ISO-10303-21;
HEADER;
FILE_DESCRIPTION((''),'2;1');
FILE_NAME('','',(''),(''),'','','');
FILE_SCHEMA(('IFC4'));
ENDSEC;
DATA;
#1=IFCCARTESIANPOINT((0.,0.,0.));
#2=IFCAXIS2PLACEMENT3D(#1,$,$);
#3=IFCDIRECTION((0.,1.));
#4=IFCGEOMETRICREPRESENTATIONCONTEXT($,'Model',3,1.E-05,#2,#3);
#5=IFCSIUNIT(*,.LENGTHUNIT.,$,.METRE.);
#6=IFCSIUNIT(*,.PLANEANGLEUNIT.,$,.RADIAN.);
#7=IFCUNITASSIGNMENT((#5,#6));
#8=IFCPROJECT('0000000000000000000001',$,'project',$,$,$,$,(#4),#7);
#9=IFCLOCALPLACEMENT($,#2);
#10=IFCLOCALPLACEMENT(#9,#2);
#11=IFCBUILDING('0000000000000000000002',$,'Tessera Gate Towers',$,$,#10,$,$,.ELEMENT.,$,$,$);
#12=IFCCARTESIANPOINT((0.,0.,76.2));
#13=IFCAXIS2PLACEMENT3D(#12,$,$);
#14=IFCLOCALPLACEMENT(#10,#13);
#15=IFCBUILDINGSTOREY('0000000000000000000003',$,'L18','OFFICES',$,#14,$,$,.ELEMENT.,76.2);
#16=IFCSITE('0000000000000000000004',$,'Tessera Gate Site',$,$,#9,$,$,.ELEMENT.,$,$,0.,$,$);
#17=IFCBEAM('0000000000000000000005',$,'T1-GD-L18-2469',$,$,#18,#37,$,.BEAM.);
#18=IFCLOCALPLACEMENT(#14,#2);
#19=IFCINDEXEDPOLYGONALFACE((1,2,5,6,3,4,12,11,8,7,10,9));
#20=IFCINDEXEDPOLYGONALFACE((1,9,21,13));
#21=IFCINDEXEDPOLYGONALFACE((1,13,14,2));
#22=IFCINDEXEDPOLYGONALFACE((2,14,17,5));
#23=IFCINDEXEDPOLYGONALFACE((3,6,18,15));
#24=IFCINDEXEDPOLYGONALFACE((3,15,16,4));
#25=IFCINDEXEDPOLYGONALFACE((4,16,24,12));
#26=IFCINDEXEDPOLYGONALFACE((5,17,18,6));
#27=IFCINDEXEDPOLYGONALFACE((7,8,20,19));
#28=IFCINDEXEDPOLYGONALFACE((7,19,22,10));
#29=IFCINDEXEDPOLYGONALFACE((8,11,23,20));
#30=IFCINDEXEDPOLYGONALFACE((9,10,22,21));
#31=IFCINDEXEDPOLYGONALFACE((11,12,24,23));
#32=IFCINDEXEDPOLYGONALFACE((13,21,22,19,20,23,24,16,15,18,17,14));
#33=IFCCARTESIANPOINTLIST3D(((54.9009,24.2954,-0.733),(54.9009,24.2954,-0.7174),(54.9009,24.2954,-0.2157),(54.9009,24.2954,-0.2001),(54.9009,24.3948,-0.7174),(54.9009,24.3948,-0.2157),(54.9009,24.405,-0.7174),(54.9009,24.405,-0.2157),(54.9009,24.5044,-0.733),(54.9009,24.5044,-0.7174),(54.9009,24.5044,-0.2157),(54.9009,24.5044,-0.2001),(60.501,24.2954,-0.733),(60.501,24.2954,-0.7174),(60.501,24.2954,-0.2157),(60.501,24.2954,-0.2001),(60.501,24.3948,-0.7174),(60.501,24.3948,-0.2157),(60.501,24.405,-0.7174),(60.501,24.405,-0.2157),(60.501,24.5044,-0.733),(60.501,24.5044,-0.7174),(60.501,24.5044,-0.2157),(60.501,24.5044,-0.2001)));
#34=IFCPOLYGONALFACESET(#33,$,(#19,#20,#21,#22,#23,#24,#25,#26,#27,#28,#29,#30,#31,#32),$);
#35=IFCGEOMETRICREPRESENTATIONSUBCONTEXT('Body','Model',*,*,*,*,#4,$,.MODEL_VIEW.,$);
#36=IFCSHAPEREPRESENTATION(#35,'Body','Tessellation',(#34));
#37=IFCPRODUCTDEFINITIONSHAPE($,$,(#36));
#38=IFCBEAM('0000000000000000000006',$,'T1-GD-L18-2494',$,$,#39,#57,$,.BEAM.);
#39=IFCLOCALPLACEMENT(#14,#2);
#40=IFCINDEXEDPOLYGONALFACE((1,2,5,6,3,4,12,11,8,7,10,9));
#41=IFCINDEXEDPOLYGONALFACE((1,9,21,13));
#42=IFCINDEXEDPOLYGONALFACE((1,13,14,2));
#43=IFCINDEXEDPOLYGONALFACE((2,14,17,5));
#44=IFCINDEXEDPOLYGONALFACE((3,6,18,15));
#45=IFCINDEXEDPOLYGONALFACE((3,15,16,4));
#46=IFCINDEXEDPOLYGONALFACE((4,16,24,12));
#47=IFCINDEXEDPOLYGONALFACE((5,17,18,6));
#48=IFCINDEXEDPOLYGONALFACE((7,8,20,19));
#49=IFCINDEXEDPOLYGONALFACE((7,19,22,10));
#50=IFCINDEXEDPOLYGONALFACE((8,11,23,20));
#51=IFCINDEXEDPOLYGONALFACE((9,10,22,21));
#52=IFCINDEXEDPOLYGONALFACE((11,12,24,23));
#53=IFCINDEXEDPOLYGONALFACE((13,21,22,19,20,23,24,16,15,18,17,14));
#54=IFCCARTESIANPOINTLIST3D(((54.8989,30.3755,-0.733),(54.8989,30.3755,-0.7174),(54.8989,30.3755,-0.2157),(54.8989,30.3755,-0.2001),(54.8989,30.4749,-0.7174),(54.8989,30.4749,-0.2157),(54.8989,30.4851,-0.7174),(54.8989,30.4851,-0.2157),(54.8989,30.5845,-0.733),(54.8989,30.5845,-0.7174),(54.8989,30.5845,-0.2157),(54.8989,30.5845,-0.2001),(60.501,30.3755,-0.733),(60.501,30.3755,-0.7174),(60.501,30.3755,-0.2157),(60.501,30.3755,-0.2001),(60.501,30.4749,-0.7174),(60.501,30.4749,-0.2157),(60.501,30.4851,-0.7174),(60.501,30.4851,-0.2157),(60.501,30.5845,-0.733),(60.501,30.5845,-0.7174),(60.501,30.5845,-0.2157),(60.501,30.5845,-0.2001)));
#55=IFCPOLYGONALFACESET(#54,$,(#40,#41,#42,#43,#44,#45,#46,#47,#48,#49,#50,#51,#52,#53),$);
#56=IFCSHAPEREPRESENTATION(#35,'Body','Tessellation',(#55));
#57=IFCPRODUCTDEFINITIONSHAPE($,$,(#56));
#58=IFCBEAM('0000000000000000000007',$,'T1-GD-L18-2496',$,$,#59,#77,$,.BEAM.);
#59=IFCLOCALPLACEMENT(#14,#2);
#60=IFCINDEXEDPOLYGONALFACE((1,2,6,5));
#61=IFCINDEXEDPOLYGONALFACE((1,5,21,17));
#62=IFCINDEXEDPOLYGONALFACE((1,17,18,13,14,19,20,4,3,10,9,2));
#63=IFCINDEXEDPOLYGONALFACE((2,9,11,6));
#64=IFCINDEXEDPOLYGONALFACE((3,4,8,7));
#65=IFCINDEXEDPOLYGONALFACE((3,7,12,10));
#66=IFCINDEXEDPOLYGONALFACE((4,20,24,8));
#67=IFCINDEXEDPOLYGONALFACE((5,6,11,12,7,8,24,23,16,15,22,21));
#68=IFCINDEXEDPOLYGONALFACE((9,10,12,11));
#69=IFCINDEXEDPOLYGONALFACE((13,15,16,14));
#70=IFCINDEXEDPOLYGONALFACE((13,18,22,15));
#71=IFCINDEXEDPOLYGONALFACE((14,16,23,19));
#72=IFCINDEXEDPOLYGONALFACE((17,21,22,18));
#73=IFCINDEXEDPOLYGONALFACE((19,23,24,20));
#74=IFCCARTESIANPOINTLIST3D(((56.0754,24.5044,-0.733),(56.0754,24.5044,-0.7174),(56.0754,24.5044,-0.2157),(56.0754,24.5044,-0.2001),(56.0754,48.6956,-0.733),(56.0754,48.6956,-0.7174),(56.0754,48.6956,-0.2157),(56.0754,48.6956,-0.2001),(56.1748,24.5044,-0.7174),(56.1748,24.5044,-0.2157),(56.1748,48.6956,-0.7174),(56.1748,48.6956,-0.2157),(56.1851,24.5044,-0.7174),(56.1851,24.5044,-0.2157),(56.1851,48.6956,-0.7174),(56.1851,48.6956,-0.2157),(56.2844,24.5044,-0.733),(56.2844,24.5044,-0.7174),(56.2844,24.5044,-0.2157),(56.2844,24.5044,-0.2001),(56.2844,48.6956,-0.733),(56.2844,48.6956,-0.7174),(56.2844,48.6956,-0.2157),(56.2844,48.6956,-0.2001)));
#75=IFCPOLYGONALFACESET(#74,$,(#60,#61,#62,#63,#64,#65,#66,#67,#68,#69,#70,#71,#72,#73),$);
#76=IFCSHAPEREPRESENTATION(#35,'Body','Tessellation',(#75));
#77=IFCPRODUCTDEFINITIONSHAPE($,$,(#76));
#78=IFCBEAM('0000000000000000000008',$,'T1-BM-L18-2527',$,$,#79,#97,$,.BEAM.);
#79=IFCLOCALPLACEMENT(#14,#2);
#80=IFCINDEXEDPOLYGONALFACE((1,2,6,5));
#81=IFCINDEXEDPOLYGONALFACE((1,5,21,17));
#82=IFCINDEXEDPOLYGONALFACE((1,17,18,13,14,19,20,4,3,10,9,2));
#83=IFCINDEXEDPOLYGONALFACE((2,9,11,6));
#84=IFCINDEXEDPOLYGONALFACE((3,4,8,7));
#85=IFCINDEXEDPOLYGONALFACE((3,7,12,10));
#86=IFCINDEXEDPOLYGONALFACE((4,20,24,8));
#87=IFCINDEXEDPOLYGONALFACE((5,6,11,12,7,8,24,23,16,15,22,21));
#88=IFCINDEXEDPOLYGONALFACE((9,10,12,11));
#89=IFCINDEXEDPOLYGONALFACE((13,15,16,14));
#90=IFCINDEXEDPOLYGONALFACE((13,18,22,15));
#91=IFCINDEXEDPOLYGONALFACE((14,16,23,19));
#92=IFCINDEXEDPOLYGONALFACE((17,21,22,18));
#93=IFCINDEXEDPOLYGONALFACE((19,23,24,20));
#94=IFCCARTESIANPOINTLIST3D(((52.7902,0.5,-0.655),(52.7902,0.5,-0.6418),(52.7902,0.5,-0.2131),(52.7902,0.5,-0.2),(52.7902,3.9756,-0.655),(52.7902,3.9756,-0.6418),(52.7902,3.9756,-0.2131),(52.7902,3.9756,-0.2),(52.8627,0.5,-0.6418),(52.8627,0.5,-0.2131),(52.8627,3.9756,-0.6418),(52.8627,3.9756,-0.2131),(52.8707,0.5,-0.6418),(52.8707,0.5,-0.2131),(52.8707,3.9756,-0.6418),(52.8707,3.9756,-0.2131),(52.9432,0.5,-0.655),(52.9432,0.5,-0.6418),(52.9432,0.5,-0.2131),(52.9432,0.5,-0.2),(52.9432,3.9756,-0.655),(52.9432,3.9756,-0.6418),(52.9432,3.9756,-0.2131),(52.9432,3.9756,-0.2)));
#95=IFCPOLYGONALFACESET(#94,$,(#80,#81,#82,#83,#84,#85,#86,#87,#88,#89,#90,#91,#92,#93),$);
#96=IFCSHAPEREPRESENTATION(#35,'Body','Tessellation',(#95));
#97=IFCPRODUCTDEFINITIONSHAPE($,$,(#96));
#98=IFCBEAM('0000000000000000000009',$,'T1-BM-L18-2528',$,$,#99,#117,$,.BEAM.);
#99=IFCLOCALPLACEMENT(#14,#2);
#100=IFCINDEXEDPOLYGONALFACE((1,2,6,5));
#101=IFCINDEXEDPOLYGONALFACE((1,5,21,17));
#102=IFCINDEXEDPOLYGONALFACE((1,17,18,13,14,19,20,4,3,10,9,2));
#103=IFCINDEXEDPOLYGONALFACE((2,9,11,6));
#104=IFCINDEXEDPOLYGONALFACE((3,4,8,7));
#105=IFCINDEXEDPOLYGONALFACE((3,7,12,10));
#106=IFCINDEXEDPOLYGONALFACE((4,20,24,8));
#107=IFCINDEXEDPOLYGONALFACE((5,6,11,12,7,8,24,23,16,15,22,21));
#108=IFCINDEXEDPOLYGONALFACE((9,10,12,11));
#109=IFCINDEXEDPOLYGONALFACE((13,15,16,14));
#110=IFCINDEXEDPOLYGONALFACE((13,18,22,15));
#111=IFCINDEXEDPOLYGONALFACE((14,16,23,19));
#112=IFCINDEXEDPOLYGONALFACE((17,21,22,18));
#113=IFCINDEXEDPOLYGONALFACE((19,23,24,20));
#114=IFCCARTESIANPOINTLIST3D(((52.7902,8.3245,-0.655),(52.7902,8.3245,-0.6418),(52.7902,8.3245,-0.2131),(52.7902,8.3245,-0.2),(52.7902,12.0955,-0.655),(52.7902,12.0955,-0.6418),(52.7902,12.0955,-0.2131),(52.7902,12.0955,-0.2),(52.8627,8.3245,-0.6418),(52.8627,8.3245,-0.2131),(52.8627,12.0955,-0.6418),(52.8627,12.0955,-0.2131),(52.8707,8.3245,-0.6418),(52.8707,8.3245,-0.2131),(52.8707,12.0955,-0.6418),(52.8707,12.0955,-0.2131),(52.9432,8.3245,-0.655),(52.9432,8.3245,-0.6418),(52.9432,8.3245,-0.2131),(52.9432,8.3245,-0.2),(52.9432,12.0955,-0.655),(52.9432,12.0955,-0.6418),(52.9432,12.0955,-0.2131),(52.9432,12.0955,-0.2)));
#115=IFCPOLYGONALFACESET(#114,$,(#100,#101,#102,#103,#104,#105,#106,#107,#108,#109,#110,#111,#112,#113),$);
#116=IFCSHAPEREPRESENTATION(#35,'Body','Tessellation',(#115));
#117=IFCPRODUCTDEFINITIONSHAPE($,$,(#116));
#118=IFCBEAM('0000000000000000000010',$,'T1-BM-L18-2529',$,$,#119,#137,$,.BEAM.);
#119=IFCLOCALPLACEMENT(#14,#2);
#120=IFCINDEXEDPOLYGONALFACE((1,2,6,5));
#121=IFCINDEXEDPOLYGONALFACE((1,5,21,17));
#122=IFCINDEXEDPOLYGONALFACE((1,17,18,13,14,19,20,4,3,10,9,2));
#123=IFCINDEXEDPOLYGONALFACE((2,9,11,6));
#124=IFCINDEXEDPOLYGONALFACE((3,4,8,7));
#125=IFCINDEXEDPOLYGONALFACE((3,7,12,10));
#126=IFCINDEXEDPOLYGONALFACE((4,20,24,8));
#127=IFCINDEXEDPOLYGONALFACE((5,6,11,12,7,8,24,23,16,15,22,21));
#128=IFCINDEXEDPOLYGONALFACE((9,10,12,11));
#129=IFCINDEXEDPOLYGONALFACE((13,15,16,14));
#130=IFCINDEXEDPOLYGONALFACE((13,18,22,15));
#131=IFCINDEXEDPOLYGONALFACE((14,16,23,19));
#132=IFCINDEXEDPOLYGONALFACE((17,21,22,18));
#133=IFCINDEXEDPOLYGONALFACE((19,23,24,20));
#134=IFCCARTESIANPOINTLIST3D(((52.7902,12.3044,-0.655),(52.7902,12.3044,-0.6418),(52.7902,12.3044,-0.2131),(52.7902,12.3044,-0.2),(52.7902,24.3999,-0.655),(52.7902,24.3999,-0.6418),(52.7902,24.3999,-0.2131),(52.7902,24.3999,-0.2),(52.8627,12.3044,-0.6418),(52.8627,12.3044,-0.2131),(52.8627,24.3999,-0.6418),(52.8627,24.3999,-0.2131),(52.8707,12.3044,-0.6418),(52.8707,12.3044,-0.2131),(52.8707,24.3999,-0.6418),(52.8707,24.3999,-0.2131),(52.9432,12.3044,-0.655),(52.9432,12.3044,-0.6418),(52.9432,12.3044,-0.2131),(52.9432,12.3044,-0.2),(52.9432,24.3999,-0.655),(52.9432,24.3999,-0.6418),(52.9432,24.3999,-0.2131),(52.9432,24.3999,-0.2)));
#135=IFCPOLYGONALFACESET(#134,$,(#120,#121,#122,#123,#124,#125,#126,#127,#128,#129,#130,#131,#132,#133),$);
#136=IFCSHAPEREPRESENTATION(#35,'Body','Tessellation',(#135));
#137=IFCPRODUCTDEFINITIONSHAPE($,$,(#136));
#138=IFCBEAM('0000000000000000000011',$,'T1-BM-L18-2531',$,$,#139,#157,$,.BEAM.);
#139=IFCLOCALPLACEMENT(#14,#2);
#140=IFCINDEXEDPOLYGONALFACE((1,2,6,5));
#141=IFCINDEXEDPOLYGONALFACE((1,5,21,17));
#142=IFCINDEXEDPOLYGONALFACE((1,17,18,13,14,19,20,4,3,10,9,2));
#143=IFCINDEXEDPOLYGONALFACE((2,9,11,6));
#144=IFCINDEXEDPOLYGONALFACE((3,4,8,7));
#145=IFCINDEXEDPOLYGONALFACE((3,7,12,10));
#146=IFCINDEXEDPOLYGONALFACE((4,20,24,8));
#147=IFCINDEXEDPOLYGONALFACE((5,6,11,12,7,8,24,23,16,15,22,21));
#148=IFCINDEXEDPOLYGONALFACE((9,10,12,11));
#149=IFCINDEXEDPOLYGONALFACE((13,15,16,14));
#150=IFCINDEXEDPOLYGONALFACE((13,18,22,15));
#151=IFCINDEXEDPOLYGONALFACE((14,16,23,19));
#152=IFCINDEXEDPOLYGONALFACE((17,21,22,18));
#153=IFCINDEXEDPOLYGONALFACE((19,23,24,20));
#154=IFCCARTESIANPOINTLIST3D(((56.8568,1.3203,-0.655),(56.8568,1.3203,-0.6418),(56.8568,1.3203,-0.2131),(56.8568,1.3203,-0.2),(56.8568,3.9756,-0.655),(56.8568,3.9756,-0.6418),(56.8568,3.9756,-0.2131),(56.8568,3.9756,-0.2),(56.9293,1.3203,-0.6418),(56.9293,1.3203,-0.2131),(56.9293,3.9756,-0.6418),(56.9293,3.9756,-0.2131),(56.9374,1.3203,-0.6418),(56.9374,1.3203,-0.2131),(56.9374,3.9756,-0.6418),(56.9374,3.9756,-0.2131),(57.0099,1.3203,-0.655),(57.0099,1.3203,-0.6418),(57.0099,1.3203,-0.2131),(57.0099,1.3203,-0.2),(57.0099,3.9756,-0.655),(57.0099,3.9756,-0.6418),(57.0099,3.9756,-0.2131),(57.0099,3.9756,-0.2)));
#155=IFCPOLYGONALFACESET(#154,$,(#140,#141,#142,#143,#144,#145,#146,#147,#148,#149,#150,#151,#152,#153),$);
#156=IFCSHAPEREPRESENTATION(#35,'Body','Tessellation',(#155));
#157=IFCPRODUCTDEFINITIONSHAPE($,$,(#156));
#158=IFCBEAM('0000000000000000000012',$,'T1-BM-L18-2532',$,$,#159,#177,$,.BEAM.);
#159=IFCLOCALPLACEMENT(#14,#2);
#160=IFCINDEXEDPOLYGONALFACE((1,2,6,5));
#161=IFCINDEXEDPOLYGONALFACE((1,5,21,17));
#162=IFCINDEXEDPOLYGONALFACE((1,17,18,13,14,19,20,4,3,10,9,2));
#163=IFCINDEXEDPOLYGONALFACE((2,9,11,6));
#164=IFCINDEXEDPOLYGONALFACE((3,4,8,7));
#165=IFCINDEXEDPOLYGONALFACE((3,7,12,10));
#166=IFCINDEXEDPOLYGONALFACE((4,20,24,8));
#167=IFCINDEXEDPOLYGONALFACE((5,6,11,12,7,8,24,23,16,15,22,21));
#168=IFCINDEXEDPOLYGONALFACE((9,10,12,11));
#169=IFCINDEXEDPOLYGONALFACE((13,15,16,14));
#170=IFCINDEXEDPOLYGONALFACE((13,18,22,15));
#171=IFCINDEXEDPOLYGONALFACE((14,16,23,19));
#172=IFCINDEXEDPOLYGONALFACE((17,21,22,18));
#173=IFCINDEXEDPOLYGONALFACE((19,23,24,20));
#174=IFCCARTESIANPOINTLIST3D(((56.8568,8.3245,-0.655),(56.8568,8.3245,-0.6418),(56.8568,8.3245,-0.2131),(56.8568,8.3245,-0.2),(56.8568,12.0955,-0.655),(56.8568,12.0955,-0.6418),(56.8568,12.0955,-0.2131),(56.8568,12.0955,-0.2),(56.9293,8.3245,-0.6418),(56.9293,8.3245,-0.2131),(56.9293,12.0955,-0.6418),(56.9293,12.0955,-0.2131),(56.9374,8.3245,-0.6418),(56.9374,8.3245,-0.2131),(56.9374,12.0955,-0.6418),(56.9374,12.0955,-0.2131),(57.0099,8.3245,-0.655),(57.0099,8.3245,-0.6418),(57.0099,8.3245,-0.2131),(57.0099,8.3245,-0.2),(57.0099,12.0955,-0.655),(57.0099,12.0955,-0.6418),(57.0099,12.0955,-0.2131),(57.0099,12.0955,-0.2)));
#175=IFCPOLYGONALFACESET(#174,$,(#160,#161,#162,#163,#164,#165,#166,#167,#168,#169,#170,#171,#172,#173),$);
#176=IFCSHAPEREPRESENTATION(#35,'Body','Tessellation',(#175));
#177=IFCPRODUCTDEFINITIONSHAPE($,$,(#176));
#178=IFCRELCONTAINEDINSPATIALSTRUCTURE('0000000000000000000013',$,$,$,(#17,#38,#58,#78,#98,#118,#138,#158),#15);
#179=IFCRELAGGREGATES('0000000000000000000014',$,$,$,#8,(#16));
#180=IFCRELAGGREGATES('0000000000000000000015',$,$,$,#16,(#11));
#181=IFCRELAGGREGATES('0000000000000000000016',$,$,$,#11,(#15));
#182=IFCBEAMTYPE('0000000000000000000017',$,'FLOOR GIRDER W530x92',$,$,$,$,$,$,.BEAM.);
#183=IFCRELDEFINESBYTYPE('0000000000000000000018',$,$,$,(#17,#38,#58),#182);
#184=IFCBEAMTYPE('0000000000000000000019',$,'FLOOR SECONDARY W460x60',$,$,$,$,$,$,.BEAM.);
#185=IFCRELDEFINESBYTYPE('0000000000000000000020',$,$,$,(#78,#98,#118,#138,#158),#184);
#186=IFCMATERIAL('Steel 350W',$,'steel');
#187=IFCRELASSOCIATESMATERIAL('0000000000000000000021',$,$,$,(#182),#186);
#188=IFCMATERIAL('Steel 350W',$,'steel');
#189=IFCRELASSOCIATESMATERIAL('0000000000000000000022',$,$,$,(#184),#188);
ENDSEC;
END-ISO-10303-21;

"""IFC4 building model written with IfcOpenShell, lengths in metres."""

from ifc_helpers import new_model, si_unit, direction, frame, origin, origin_2d, place, context, subcontext, project, spatial, i_section, extrude, material, material_profile, profile_set, type_object, element, save


model = new_model("IFC4")

# Units and contexts
model_context = context("Model", 3, precision=1e-05, world=origin(), true_north=direction((0.0, 1.0)))
body_context = subcontext(model_context, "Body", "Model", "MODEL_VIEW")
ifc_project = project(units=[si_unit("LENGTHUNIT", "METRE"), si_unit("PLANEANGLEUNIT", "RADIAN")], contexts=[model_context])

# Site, building, storey
site_placement = place(None, origin())
site = spatial("IfcSite", under=ifc_project, at=site_placement, Name="Tessera Gate Site", CompositionType="ELEMENT", RefElevation=0.0)
building_placement = place(site_placement, origin())
building = spatial("IfcBuilding", under=site, at=building_placement, Name="Tessera Gate Towers", CompositionType="ELEMENT")
storey_placement = place(building_placement, frame((0.0, 0.0, 76.2)))
storey = spatial("IfcBuildingStorey", under=building, at=storey_placement, Name="L18", Description="OFFICES", CompositionType="ELEMENT", Elevation=76.2)

# Beams
ifc_material_1 = material(Name="Steel 350W", Category="steel")
ifc_material_profile_1 = material_profile(ifc_material_1, i_section(OverallWidth=0.209, OverallDepth=0.533, WebThickness=0.0103, FlangeThickness=0.0156, at=origin_2d()), Name="W530x92")
ifc_profile_set_1 = profile_set([ifc_material_profile_1], Name="Steel 350W")
beam_type_1 = type_object("IfcBeamType", Name="FLOOR GIRDER W530x92", PredefinedType="BEAM", material=ifc_profile_set_1)
beam_1_placement = place(storey_placement, frame((54.9009, 24.3999, -0.4666), z_axis=(1.0, 0.0, 0.0), x_axis=(0.0, 1.0, 0.0)))
element("IfcBeam", 1, at=beam_1_placement, inside=storey, type_object=beam_type_1, Name="T1-GD-L18-2469", PredefinedType="BEAM", context=body_context, shape_type="SweptSolid", body=[
    extrude(i_section(OverallWidth=0.209, OverallDepth=0.533, WebThickness=0.0103, FlangeThickness=0.0156, at=origin_2d()), origin(), (0.0, 0.0, 1.0), 5.6001),
])
beam_2_placement = place(storey_placement, frame((54.8989, 30.48, -0.4666), z_axis=(1.0, 0.0, 0.0), x_axis=(0.0, 1.0, 0.0)))
element("IfcBeam", 2, at=beam_2_placement, inside=storey, type_object=beam_type_1, Name="T1-GD-L18-2494", PredefinedType="BEAM", context=body_context, shape_type="SweptSolid", body=[
    extrude(i_section(OverallWidth=0.209, OverallDepth=0.533, WebThickness=0.0103, FlangeThickness=0.0156, at=origin_2d()), origin(), (0.0, 0.0, 1.0), 5.6021),
])
beam_3_placement = place(storey_placement, frame((56.1799, 24.5044, -0.4666), z_axis=(0.0, 1.0, 0.0), x_axis=(-1.0, 0.0, 0.0)))
element("IfcBeam", 3, at=beam_3_placement, inside=storey, type_object=beam_type_1, Name="T1-GD-L18-2496", PredefinedType="BEAM", context=body_context, shape_type="SweptSolid", body=[
    extrude(i_section(OverallWidth=0.209, OverallDepth=0.533, WebThickness=0.0103, FlangeThickness=0.0156, at=origin_2d()), origin(), (0.0, 0.0, 1.0), 24.1912),
])
ifc_material_2 = material(Name="Steel 350W", Category="steel")
ifc_material_profile_2 = material_profile(ifc_material_2, i_section(OverallWidth=0.1531, OverallDepth=0.4551, WebThickness=0.0081, FlangeThickness=0.0132, at=origin_2d()), Name="W460x60")
ifc_profile_set_2 = profile_set([ifc_material_profile_2], Name="Steel 350W")
beam_type_2 = type_object("IfcBeamType", Name="FLOOR SECONDARY W460x60", PredefinedType="BEAM", material=ifc_profile_set_2)
beam_4_placement = place(storey_placement, frame((52.8667, 0.5, -0.4275), z_axis=(0.0, 1.0, 0.0), x_axis=(-1.0, 0.0, 0.0)))
element("IfcBeam", 4, at=beam_4_placement, inside=storey, type_object=beam_type_2, Name="T1-BM-L18-2527", PredefinedType="BEAM", context=body_context, shape_type="SweptSolid", body=[
    extrude(i_section(OverallWidth=0.1531, OverallDepth=0.4551, WebThickness=0.0081, FlangeThickness=0.0132, at=origin_2d()), origin(), (0.0, 0.0, 1.0), 3.4756),
])
beam_5_placement = place(storey_placement, frame((52.8667, 8.3245, -0.4275), z_axis=(0.0, 1.0, 0.0), x_axis=(-1.0, 0.0, 0.0)))
element("IfcBeam", 5, at=beam_5_placement, inside=storey, type_object=beam_type_2, Name="T1-BM-L18-2528", PredefinedType="BEAM", context=body_context, shape_type="SweptSolid", body=[
    extrude(i_section(OverallWidth=0.1531, OverallDepth=0.4551, WebThickness=0.0081, FlangeThickness=0.0132, at=origin_2d()), origin(), (0.0, 0.0, 1.0), 3.771),
])
beam_6_placement = place(storey_placement, frame((52.8667, 12.3044, -0.4275), z_axis=(0.0, 1.0, 0.0), x_axis=(-1.0, 0.0, 0.0)))
element("IfcBeam", 6, at=beam_6_placement, inside=storey, type_object=beam_type_2, Name="T1-BM-L18-2529", PredefinedType="BEAM", context=body_context, shape_type="SweptSolid", body=[
    extrude(i_section(OverallWidth=0.1531, OverallDepth=0.4551, WebThickness=0.0081, FlangeThickness=0.0132, at=origin_2d()), origin(), (0.0, 0.0, 1.0), 12.0955),
])
beam_7_placement = place(storey_placement, frame((56.9333, 1.3203, -0.4275), z_axis=(0.0, 1.0, 0.0), x_axis=(-1.0, 0.0, 0.0)))
element("IfcBeam", 7, at=beam_7_placement, inside=storey, type_object=beam_type_2, Name="T1-BM-L18-2531", PredefinedType="BEAM", context=body_context, shape_type="SweptSolid", body=[
    extrude(i_section(OverallWidth=0.1531, OverallDepth=0.4551, WebThickness=0.0081, FlangeThickness=0.0132, at=origin_2d()), origin(), (0.0, 0.0, 1.0), 2.6553),
])
beam_8_placement = place(storey_placement, frame((56.9333, 8.3245, -0.4275), z_axis=(0.0, 1.0, 0.0), x_axis=(-1.0, 0.0, 0.0)))
element("IfcBeam", 8, at=beam_8_placement, inside=storey, type_object=beam_type_2, Name="T1-BM-L18-2532", PredefinedType="BEAM", context=body_context, shape_type="SweptSolid", body=[
    extrude(i_section(OverallWidth=0.1531, OverallDepth=0.4551, WebThickness=0.0081, FlangeThickness=0.0132, at=origin_2d()), origin(), (0.0, 0.0, 1.0), 3.771),
])

save(model, "model.ifc")
